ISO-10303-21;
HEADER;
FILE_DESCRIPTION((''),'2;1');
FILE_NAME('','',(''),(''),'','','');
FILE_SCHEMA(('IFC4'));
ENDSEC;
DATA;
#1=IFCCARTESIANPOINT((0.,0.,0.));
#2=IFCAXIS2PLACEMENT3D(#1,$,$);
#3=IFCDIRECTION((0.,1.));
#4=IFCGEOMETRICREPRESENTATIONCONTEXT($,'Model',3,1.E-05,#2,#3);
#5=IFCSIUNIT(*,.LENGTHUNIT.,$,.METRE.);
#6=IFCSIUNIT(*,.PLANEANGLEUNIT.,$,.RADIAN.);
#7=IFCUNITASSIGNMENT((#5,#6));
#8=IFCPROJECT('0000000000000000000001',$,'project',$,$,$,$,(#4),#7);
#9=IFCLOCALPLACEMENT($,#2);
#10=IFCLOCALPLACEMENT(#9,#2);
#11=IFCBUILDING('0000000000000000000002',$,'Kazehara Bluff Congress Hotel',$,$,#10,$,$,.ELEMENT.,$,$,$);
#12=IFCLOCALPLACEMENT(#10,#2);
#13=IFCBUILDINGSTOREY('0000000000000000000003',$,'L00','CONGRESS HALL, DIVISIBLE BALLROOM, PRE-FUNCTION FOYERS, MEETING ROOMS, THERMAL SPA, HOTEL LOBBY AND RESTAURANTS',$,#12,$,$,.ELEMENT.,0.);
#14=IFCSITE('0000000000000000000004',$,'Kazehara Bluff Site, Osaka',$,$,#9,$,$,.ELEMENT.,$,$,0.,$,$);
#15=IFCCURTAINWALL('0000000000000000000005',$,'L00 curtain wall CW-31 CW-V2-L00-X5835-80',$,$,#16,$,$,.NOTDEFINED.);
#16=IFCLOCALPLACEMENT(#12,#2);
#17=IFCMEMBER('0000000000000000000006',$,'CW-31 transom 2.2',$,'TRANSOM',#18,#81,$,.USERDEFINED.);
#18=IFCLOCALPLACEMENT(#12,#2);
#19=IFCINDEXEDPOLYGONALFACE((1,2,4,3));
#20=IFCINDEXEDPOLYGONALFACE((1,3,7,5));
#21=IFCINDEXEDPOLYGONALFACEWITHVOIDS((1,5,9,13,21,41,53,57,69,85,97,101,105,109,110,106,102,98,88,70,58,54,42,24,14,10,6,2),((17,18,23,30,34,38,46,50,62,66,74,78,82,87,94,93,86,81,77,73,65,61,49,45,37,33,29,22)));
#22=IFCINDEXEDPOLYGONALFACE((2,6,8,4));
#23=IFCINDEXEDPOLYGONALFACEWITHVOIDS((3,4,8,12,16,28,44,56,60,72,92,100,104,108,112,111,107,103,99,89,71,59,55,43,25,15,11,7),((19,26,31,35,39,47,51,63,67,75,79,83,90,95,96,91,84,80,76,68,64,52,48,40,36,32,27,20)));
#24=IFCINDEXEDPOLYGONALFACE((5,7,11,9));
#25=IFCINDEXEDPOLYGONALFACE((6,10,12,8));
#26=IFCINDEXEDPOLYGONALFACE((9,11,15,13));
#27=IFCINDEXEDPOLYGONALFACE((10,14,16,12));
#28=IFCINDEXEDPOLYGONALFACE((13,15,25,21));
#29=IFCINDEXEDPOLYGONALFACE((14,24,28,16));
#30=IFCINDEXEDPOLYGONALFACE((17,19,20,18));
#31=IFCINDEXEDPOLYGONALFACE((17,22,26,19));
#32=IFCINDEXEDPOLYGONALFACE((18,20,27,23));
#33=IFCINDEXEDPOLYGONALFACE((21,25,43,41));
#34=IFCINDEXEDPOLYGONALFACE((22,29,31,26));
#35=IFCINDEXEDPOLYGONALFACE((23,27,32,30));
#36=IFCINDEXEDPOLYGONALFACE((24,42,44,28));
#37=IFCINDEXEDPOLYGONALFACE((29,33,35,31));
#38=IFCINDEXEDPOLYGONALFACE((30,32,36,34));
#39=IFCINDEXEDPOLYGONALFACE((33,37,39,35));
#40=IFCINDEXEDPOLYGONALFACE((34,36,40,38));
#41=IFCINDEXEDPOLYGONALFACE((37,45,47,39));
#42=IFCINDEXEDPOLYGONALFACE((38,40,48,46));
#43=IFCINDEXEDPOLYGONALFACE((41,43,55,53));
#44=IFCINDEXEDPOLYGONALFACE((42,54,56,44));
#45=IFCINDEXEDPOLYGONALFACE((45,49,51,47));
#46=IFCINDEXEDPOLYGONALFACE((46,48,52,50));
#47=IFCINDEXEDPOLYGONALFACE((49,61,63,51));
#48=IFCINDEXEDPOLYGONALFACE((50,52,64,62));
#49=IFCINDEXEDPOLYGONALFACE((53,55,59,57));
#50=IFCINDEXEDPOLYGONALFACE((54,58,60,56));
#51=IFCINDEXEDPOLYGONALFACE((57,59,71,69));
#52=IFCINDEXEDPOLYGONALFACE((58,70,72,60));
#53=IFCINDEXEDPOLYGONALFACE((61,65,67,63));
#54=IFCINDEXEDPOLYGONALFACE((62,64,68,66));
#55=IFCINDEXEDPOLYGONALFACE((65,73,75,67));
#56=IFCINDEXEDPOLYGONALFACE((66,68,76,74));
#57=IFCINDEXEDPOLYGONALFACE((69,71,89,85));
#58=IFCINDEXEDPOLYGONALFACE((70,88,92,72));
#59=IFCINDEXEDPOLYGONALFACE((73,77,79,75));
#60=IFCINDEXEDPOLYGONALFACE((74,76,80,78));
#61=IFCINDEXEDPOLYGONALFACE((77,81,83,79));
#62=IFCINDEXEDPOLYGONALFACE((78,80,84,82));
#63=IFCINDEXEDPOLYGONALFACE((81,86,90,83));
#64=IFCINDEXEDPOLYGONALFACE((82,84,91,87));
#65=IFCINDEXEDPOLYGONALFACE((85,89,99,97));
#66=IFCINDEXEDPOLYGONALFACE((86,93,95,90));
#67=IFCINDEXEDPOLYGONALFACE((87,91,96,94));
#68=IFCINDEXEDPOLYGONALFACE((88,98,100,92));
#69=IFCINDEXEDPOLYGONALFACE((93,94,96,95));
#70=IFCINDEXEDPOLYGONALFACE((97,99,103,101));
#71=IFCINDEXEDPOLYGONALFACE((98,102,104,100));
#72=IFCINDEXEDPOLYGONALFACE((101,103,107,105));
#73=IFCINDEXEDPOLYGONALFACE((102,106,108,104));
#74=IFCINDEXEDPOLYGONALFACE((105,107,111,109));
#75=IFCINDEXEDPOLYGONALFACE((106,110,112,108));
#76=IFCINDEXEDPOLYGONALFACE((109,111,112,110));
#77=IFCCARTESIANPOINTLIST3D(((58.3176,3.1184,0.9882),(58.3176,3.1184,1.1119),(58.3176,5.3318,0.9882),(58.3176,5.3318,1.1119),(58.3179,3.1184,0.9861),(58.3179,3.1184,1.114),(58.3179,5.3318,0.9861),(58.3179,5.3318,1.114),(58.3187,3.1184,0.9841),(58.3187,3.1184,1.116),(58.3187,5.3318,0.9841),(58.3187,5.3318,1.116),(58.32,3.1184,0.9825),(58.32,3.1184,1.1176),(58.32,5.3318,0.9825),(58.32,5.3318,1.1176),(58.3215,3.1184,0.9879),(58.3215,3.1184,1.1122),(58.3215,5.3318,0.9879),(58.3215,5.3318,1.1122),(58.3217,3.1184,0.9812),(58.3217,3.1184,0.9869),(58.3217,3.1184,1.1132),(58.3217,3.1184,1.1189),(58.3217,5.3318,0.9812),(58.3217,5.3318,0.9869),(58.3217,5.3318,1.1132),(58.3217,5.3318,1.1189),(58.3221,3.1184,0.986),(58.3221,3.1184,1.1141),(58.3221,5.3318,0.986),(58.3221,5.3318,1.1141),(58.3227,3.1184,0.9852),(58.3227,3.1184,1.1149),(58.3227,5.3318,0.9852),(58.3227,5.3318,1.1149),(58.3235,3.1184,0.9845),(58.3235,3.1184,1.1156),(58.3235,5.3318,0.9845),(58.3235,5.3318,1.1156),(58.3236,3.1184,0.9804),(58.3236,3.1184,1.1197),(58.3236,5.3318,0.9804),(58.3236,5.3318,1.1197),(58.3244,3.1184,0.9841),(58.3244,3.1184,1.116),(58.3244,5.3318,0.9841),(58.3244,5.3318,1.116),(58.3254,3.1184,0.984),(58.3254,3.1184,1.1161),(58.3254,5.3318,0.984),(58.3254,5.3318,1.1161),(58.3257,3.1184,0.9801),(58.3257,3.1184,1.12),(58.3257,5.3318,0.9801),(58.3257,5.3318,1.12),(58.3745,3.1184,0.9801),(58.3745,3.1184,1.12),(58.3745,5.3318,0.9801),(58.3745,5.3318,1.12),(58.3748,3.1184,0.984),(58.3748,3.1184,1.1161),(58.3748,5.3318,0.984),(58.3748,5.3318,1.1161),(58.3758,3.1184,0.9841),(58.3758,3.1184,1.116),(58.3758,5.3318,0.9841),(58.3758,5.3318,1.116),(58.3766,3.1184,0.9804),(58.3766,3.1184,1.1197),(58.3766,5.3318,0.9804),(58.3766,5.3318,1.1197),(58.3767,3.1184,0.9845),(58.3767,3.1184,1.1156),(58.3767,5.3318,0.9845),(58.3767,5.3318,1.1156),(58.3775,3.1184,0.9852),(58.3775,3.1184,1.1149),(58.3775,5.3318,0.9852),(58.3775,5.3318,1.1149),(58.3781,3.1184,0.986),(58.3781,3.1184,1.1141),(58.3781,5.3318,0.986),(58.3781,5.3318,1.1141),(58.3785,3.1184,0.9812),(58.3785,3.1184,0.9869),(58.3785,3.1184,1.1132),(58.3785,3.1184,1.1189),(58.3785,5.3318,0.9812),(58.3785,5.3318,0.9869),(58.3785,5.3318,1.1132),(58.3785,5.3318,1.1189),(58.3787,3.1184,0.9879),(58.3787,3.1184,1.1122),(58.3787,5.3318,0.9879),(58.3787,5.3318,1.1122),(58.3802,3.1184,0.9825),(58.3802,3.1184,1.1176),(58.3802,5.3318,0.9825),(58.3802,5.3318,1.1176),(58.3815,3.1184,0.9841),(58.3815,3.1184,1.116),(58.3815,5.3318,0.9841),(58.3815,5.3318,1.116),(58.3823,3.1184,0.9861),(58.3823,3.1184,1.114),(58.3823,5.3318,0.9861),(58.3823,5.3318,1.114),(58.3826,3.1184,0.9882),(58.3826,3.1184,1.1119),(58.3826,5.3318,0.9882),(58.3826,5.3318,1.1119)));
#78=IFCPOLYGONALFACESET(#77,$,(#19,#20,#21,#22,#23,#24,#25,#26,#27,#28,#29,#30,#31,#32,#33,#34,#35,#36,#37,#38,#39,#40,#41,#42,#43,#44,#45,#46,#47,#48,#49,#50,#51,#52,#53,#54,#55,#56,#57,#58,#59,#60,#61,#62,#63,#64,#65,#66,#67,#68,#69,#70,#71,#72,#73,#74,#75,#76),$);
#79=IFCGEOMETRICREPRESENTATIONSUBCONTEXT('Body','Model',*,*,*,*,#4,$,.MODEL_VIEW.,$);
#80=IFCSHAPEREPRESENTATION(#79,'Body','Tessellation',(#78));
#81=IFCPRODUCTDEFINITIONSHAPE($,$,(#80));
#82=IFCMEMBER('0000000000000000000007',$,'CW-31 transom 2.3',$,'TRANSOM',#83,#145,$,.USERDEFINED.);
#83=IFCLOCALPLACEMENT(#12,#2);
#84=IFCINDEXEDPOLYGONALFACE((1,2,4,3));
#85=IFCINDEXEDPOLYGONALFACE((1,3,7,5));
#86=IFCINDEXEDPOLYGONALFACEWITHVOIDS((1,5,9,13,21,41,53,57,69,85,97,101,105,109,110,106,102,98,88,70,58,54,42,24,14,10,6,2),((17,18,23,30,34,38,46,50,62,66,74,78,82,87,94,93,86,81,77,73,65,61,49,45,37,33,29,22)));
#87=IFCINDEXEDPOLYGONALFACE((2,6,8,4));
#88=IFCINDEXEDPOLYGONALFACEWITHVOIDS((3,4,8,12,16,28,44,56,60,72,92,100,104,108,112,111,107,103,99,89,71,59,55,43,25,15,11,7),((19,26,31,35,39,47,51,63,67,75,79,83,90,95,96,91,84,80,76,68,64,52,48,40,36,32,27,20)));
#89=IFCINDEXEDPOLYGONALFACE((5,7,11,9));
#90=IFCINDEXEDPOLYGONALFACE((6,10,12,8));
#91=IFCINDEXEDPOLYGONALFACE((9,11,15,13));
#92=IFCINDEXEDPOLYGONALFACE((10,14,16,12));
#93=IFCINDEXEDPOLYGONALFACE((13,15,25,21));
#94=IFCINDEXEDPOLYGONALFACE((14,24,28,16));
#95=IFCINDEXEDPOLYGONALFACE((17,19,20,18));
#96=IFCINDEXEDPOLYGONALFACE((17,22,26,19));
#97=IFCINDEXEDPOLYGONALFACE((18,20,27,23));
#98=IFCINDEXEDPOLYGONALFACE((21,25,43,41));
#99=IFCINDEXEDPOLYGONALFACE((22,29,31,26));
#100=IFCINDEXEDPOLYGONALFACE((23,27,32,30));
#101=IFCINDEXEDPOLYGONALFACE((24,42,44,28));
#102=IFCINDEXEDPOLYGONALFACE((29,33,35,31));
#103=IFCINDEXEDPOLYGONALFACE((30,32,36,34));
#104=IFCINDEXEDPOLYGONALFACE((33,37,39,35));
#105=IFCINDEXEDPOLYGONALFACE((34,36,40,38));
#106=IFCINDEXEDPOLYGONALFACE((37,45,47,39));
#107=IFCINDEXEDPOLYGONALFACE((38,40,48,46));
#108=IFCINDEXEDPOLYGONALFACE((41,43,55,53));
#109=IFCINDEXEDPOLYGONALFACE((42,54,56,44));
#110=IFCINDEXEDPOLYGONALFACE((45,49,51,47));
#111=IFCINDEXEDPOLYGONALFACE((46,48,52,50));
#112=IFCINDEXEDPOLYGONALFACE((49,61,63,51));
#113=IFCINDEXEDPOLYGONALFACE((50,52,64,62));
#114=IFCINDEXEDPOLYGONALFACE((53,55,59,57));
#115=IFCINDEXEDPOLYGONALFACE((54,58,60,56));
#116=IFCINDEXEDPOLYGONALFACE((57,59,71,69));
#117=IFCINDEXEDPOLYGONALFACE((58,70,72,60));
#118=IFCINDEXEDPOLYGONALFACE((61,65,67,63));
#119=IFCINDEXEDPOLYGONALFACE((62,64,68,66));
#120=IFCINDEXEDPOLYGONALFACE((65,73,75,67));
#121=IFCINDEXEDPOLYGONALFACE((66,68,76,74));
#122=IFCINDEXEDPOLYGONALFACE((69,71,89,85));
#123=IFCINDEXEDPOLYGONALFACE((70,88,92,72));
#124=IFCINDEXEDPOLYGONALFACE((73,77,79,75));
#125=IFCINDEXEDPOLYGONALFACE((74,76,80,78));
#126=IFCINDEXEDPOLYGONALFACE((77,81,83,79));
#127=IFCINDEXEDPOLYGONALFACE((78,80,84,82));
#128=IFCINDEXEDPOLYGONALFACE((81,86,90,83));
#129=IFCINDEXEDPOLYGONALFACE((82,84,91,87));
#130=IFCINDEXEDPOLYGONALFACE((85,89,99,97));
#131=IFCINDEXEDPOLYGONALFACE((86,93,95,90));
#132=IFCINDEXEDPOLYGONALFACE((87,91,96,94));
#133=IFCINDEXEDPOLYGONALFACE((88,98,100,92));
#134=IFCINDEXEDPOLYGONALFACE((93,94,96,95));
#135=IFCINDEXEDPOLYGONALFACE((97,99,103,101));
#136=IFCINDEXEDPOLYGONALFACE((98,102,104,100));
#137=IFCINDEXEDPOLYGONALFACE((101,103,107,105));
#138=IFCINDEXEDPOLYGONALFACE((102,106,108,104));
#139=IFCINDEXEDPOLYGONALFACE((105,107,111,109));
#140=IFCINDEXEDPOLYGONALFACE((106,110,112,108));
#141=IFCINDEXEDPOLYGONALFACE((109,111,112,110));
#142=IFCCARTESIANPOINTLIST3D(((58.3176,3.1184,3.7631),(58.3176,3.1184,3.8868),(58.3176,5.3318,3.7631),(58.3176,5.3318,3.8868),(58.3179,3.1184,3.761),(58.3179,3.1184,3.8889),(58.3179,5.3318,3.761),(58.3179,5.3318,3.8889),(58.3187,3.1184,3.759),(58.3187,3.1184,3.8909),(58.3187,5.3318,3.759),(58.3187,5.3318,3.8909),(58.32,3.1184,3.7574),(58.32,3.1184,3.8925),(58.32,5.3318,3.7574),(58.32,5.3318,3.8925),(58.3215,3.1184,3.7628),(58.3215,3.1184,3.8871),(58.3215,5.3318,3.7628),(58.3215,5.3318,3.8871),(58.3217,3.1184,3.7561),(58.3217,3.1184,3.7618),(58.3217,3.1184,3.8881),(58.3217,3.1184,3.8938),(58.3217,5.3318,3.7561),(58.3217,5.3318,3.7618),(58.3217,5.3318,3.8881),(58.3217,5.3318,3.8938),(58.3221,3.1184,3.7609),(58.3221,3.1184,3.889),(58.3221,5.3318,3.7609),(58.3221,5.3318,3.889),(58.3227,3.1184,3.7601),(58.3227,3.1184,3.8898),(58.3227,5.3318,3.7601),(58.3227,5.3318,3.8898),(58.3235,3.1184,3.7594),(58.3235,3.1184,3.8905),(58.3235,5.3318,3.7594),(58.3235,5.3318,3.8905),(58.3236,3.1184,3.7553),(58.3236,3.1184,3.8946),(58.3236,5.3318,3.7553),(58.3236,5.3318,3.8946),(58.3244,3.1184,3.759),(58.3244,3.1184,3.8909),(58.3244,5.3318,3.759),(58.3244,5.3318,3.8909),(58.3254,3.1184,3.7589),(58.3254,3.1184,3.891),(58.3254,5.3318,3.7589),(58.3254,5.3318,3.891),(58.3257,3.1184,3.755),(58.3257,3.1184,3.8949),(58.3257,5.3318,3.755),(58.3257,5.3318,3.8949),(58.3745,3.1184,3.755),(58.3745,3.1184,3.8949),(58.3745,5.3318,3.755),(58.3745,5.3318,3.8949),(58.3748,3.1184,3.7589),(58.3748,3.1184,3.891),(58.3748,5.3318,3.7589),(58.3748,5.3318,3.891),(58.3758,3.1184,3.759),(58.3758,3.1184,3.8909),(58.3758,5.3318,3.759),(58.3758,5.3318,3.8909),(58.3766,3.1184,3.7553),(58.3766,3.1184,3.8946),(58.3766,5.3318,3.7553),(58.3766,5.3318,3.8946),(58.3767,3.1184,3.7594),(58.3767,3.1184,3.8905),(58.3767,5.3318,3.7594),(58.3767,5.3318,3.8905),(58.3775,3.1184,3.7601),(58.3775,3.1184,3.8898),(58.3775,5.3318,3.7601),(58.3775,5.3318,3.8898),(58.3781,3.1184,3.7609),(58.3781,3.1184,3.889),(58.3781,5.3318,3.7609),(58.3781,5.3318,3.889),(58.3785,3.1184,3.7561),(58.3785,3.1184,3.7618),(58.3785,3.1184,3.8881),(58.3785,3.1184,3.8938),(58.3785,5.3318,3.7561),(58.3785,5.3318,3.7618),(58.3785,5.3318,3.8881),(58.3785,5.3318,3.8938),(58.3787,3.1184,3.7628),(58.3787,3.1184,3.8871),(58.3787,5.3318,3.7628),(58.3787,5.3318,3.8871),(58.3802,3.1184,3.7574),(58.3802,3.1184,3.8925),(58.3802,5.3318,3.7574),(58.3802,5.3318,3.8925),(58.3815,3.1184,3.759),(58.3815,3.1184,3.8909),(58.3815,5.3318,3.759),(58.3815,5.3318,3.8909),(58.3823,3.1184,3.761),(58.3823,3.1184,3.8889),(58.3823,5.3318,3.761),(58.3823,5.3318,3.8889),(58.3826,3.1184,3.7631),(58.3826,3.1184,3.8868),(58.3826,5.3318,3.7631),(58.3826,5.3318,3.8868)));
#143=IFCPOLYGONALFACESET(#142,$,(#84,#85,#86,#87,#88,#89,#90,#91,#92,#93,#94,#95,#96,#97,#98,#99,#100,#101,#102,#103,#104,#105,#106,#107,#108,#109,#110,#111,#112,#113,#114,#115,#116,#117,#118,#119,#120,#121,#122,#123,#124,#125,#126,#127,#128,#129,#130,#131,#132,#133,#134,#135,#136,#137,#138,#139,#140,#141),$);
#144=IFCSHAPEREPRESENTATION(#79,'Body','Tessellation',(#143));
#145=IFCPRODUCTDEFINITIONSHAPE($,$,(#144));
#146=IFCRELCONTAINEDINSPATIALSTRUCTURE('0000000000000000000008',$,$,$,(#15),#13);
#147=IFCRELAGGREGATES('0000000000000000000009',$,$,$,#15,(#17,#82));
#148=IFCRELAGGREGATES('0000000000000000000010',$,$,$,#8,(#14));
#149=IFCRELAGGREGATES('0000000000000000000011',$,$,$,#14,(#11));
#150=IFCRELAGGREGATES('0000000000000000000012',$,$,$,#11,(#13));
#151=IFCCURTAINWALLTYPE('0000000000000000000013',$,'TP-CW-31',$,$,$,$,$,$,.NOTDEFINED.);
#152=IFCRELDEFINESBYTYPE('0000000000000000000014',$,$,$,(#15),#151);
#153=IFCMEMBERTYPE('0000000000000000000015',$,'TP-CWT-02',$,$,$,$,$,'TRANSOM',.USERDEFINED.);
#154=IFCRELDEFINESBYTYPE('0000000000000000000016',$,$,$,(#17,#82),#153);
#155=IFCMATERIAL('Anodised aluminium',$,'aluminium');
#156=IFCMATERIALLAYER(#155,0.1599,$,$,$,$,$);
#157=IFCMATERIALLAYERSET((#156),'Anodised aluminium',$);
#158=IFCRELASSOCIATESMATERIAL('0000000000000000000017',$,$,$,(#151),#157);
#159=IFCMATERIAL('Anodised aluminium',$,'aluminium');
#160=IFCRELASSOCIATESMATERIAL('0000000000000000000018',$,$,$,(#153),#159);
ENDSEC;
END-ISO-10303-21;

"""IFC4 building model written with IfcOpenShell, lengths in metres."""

from ifc_helpers import new_model, si_unit, direction, frame, origin, origin_2d, place, context, subcontext, project, spatial, hollow_rectangle, extrude, material, layer, layer_set, material_profile, profile_set, type_object, element, aggregate, save


model = new_model("IFC4")

# Units and contexts
model_context = context("Model", 3, precision=1e-05, world=origin(), true_north=direction((0.0, 1.0)))
body_context = subcontext(model_context, "Body", "Model", "MODEL_VIEW")
ifc_project = project(units=[si_unit("LENGTHUNIT", "METRE"), si_unit("PLANEANGLEUNIT", "RADIAN")], contexts=[model_context])

# Site, building, storey
site_placement = place(None, origin())
site = spatial("IfcSite", under=ifc_project, at=site_placement, Name="Kazehara Bluff Site, Osaka", CompositionType="ELEMENT", RefElevation=0.0)
building_placement = place(site_placement, origin())
building = spatial("IfcBuilding", under=site, at=building_placement, Name="Kazehara Bluff Congress Hotel", CompositionType="ELEMENT")
storey_placement = place(building_placement, origin())
storey = spatial("IfcBuildingStorey", under=building, at=storey_placement, Name="L00", Description="CONGRESS HALL, DIVISIBLE BALLROOM, PRE-FUNCTION FOYERS, MEETING ROOMS, THERMAL SPA, HOTEL LOBBY AND RESTAURANTS", CompositionType="ELEMENT", Elevation=0.0)

# Curtain wall, members
ifc_material_1 = material(Name="Anodised aluminium", Category="aluminium")
ifc_layer_1 = layer(ifc_material_1, 0.1599)
ifc_layer_set_1 = layer_set([ifc_layer_1], Name="Anodised aluminium")
curtain_wall_type = type_object("IfcCurtainWallType", Name="TP-CW-31", PredefinedType="NOTDEFINED", material=ifc_layer_set_1)
curtain_wall_placement = place(storey_placement, origin())
curtain_wall = element("IfcCurtainWall", 1, at=curtain_wall_placement, inside=storey, type_object=curtain_wall_type, Name="L00 curtain wall CW-31 CW-V2-L00-X5835-80", PredefinedType="NOTDEFINED")
ifc_material_2 = material(Name="Anodised aluminium", Category="aluminium")
ifc_material_profile_1 = material_profile(ifc_material_2, hollow_rectangle(XDim=0.0649, YDim=0.1399, WallThickness=0.0039, InnerFilletRadius=0.0039, OuterFilletRadius=0.0081, at=origin_2d()))
ifc_profile_set_1 = profile_set([ifc_material_profile_1], Name="Anodised aluminium")
member_type_1 = type_object("IfcMemberType", Name="TP-CWT-02", ElementType="TRANSOM", PredefinedType="USERDEFINED", material=ifc_profile_set_1)
member_1_placement = place(storey_placement, frame((58.3501, 3.1184, 1.05), z_axis=(0.0, 1.0, 0.0), x_axis=(-1.0, 0.0, 0.0)))
member_1 = element("IfcMember", 2, at=member_1_placement, type_object=member_type_1, Name="CW-31 transom 2.2", ObjectType="TRANSOM", PredefinedType="USERDEFINED", context=body_context, shape_type="SweptSolid", body=[
    extrude(hollow_rectangle(XDim=0.0649, YDim=0.1399, WallThickness=0.0039, InnerFilletRadius=0.0039, OuterFilletRadius=0.0081, at=origin_2d()), origin(), (0.0, 0.0, 1.0), 2.2134),
])
member_2_placement = place(storey_placement, frame((58.3501, 3.1184, 3.825), z_axis=(0.0, 1.0, 0.0), x_axis=(-1.0, 0.0, 0.0)))
member_2 = element("IfcMember", 3, at=member_2_placement, type_object=member_type_1, Name="CW-31 transom 2.3", ObjectType="TRANSOM", PredefinedType="USERDEFINED", context=body_context, shape_type="SweptSolid", body=[
    extrude(hollow_rectangle(XDim=0.0649, YDim=0.1399, WallThickness=0.0039, InnerFilletRadius=0.0039, OuterFilletRadius=0.0081, at=origin_2d()), origin(), (0.0, 0.0, 1.0), 2.2134),
])

aggregate(curtain_wall, [member_1, member_2])

save(model, "model.ifc")
